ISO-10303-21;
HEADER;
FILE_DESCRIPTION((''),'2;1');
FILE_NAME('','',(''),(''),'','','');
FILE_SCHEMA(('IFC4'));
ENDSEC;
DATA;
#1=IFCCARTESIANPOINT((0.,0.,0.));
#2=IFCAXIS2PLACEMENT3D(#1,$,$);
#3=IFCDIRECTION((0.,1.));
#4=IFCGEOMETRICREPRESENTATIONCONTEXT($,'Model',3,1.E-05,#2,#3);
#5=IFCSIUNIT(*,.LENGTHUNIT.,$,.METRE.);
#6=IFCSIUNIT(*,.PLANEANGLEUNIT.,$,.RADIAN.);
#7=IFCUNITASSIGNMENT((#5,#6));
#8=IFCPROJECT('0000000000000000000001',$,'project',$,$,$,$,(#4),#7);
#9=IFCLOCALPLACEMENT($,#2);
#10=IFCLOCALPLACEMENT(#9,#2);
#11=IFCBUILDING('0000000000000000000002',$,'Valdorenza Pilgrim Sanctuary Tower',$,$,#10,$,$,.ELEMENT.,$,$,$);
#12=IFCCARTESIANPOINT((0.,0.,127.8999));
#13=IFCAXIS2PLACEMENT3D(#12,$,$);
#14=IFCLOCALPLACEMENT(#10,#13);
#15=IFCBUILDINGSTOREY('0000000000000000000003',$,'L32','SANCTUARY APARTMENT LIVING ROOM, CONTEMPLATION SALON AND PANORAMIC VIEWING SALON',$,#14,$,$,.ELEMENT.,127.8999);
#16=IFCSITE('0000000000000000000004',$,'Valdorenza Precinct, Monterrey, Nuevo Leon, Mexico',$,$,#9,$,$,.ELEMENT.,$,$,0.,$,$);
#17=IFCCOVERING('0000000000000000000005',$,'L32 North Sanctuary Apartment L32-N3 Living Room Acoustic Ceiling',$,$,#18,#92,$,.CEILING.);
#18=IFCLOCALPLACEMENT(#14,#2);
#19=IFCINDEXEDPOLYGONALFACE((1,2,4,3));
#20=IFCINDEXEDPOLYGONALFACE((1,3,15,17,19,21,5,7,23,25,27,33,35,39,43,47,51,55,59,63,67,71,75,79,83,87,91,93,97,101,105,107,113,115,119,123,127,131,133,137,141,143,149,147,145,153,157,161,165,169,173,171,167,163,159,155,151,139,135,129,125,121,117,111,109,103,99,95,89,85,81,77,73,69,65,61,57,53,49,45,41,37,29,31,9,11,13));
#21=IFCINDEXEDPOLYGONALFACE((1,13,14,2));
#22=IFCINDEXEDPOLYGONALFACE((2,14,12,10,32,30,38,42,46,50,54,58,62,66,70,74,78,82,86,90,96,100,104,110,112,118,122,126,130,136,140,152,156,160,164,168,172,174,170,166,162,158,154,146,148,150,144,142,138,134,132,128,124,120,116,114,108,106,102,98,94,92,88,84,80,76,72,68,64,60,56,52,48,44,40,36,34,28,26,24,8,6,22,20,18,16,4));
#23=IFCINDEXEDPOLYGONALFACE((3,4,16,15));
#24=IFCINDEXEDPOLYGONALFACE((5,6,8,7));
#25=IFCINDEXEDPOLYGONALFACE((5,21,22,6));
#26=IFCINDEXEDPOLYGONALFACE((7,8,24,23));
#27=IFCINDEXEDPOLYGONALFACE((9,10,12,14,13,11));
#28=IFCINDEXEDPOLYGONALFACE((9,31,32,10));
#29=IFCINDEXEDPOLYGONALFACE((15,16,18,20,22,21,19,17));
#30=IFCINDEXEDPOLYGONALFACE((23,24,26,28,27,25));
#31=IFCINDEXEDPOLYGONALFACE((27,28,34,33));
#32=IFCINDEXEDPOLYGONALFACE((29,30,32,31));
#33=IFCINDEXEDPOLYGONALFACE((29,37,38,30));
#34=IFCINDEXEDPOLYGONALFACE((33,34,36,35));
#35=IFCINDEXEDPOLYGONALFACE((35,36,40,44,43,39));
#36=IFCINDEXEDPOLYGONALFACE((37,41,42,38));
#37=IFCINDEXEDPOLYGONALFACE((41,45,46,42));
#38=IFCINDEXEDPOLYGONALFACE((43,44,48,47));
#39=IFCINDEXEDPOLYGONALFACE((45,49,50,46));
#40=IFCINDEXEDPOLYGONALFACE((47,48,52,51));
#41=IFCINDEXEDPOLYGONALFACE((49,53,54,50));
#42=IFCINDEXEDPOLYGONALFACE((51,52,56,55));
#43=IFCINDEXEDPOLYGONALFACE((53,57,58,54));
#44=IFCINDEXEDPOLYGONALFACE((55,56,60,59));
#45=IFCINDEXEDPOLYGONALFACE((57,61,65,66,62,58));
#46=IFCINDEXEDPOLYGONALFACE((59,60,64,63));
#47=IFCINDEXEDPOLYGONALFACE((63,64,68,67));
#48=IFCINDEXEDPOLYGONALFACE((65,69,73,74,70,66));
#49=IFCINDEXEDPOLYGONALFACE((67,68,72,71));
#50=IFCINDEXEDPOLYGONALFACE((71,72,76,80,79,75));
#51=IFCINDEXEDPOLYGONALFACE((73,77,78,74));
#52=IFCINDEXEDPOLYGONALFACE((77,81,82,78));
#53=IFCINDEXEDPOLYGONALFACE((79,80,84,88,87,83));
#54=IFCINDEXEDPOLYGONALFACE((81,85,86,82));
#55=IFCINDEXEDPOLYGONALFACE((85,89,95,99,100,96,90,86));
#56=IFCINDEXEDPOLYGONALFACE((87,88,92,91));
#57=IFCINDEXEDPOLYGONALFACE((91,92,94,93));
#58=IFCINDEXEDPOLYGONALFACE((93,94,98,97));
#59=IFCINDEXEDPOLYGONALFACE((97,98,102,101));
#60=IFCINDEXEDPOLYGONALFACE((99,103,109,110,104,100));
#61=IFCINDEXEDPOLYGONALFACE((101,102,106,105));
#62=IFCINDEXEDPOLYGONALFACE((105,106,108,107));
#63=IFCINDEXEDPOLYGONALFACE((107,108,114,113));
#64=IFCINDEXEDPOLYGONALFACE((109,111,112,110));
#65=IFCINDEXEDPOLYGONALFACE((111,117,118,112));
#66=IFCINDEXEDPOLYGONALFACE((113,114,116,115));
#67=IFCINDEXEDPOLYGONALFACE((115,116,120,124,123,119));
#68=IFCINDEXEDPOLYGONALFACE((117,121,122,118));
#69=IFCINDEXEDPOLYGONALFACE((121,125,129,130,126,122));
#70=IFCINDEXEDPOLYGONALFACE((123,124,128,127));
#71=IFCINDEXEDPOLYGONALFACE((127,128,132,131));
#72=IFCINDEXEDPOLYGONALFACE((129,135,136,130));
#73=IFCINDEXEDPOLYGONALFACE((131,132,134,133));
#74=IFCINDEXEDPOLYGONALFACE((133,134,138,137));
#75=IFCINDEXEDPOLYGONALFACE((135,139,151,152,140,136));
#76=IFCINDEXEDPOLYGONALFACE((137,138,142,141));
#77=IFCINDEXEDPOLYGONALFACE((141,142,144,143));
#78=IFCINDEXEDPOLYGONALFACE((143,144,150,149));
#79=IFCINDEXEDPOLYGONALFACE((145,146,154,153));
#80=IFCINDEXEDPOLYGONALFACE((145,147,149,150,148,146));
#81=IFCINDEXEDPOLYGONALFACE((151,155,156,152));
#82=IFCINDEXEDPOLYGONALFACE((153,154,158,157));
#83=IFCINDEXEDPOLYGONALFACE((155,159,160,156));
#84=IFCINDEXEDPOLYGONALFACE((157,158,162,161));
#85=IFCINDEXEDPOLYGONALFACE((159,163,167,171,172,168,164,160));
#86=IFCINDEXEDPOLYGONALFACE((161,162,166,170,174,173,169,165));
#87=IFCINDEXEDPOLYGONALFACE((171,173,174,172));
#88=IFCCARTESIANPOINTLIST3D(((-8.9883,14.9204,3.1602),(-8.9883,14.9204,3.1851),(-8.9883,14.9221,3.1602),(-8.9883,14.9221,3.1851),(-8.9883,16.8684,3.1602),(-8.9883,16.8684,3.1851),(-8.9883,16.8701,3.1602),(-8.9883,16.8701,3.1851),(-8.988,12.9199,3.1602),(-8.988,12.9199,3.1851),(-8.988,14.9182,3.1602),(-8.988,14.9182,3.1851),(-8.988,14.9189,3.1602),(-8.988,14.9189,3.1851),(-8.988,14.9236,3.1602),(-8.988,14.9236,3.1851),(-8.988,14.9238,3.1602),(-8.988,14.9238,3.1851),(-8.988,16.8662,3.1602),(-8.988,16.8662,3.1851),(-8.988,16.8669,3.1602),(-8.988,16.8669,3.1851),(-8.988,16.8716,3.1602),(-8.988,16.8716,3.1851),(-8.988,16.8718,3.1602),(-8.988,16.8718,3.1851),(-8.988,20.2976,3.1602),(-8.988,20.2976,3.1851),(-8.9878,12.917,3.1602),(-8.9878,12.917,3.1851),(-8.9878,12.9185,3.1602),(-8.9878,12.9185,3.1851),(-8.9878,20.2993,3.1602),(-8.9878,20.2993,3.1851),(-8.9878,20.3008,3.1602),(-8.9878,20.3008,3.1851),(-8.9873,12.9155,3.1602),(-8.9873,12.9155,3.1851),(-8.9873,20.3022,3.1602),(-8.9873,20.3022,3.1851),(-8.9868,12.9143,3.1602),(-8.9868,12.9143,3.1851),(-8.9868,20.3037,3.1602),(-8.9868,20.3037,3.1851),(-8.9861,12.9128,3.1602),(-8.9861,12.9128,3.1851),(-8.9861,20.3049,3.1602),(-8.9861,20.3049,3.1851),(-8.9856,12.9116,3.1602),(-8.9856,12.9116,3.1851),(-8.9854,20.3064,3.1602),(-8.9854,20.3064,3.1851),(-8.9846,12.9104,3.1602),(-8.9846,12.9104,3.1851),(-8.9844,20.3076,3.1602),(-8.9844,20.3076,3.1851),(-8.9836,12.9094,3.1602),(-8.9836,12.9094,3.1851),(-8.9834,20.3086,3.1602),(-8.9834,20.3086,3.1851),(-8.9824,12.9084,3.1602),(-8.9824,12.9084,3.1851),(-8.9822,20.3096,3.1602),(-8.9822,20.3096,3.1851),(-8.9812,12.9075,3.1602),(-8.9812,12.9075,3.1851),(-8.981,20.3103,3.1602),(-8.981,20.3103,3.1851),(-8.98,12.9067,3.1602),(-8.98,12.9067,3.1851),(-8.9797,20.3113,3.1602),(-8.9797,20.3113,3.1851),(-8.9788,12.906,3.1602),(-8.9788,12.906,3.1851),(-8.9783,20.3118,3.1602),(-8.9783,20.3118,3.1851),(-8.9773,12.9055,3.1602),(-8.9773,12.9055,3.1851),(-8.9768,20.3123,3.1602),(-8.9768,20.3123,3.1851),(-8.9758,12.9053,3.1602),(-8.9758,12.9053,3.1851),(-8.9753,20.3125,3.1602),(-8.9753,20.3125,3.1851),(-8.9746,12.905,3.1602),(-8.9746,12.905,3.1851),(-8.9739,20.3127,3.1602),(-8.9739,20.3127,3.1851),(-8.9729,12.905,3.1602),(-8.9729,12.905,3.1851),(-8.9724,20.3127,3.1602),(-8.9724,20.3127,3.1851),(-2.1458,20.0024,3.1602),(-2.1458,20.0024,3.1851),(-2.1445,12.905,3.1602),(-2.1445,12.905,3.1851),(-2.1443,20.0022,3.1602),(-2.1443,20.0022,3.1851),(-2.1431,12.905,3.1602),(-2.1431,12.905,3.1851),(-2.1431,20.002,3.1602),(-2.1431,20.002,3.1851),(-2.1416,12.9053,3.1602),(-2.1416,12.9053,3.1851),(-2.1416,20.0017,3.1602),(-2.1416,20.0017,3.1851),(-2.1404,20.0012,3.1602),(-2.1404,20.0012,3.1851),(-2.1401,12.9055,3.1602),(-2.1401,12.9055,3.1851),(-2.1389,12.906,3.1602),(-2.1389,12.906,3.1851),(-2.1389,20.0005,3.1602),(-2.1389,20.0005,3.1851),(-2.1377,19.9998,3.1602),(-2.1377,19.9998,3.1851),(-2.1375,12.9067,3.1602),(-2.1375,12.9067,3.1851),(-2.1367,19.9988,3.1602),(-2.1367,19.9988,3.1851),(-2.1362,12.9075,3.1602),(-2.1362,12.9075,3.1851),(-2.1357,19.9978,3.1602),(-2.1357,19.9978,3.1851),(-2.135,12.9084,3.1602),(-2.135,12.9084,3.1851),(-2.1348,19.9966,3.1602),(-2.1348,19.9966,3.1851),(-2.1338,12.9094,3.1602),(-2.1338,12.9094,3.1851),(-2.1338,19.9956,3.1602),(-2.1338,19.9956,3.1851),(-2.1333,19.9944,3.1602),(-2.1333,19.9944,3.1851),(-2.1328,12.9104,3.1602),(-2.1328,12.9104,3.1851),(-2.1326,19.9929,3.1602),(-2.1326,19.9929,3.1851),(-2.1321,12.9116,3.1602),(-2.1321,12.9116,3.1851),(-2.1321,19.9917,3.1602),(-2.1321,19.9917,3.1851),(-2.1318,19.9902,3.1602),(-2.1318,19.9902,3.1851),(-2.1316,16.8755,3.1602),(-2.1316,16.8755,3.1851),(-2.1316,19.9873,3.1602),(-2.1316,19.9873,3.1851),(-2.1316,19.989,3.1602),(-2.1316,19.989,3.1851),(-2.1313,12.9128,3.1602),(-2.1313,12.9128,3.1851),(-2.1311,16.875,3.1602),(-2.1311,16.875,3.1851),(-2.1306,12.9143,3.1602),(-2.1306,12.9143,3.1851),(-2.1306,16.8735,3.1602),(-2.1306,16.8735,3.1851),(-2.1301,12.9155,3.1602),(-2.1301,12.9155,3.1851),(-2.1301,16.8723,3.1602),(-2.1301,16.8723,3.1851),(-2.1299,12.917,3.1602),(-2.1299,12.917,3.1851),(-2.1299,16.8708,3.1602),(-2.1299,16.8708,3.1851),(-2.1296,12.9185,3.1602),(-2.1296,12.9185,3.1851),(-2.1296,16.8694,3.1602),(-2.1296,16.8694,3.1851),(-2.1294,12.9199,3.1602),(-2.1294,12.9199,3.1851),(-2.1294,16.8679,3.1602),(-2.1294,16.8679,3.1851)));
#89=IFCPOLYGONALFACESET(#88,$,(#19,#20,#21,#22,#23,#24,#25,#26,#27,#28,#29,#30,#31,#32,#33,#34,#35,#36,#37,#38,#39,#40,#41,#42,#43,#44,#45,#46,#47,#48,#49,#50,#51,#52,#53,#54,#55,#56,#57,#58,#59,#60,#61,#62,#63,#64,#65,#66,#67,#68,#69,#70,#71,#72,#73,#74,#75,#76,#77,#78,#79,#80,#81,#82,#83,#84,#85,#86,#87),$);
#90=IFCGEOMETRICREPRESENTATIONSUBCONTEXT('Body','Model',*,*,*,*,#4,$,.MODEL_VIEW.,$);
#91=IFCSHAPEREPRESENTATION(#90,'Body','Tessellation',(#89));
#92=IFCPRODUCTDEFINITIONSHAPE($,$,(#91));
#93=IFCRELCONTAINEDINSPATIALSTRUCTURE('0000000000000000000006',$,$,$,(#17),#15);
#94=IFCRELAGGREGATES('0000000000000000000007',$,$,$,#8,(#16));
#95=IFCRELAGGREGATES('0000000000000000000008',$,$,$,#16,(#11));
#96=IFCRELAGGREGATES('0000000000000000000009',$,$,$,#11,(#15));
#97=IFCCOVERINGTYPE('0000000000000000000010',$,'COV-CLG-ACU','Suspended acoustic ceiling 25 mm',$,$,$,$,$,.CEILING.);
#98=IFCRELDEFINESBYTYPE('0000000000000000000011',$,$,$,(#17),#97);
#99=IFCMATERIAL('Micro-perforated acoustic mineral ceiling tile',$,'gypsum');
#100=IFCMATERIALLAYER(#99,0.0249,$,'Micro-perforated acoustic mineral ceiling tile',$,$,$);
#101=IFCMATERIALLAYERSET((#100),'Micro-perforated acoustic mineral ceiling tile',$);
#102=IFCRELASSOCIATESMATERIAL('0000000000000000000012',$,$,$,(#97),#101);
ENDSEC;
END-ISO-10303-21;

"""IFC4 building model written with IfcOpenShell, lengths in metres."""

from ifc_helpers import new_model, si_unit, direction, frame, origin, place, context, subcontext, project, spatial, polyline, outline, extrude, material, layer, layer_set, type_object, element, save


model = new_model("IFC4")

# Units and contexts
model_context = context("Model", 3, precision=1e-05, world=origin(), true_north=direction((0.0, 1.0)))
body_context = subcontext(model_context, "Body", "Model", "MODEL_VIEW")
ifc_project = project(units=[si_unit("LENGTHUNIT", "METRE"), si_unit("PLANEANGLEUNIT", "RADIAN")], contexts=[model_context])

# Site, building, storey
site_placement = place(None, origin())
site = spatial("IfcSite", under=ifc_project, at=site_placement, Name="Valdorenza Precinct, Monterrey, Nuevo Leon, Mexico", CompositionType="ELEMENT", RefElevation=0.0)
building_placement = place(site_placement, origin())
building = spatial("IfcBuilding", under=site, at=building_placement, Name="Valdorenza Pilgrim Sanctuary Tower", CompositionType="ELEMENT")
storey_placement = place(building_placement, frame((0.0, 0.0, 127.8999)))
storey = spatial("IfcBuildingStorey", under=building, at=storey_placement, Name="L32", Description="SANCTUARY APARTMENT LIVING ROOM, CONTEMPLATION SALON AND PANORAMIC VIEWING SALON", CompositionType="ELEMENT", Elevation=127.8999)

# Covering
ifc_material_1 = material(Name="Micro-perforated acoustic mineral ceiling tile", Category="gypsum")
ifc_layer_1 = layer(ifc_material_1, 0.0249, Name="Micro-perforated acoustic mineral ceiling tile")
ifc_layer_set_1 = layer_set([ifc_layer_1], Name="Micro-perforated acoustic mineral ceiling tile")
covering_type_1 = type_object("IfcCoveringType", Name="COV-CLG-ACU", Description="Suspended acoustic ceiling 25 mm", PredefinedType="CEILING", material=ifc_layer_set_1)
covering_1_placement = place(storey_placement, frame((0.0, 0.0, 3.1602)))
element("IfcCovering", 1, at=covering_1_placement, inside=storey, type_object=covering_type_1, Name="L32 North Sanctuary Apartment L32-N3 Living Room Acoustic Ceiling", PredefinedType="CEILING", context=body_context, shape_type="SweptSolid", body=[
    extrude(outline(polyline([(-8.988, 14.9182), (-8.988, 14.9189), (-8.9883, 14.9204), (-8.9883, 14.9221), (-8.988, 14.9236), (-8.988, 14.9238), (-8.988, 16.8662), (-8.988, 16.8669), (-8.9883, 16.8684), (-8.9883, 16.8701), (-8.988, 16.8716), (-8.988, 16.8718), (-8.988, 20.2976), (-8.9878, 20.2993), (-8.9878, 20.3008), (-8.9873, 20.3022), (-8.9868, 20.3037), (-8.9861, 20.3049), (-8.9854, 20.3064), (-8.9844, 20.3076), (-8.9834, 20.3086), (-8.9822, 20.3096), (-8.981, 20.3103), (-8.9797, 20.3113), (-8.9783, 20.3118), (-8.9768, 20.3123), (-8.9753, 20.3125), (-8.9739, 20.3127), (-8.9724, 20.3127), (-2.1458, 20.0024), (-2.1443, 20.0022), (-2.1431, 20.002), (-2.1416, 20.0017), (-2.1404, 20.0012), (-2.1389, 20.0005), (-2.1377, 19.9998), (-2.1367, 19.9988), (-2.1357, 19.9978), (-2.1348, 19.9966), (-2.1338, 19.9956), (-2.1333, 19.9944), (-2.1326, 19.9929), (-2.1321, 19.9917), (-2.1318, 19.9902), (-2.1316, 19.989), (-2.1316, 19.9873), (-2.1316, 16.8755), (-2.1311, 16.875), (-2.1306, 16.8735), (-2.1301, 16.8723), (-2.1299, 16.8708), (-2.1296, 16.8694), (-2.1294, 16.8679), (-2.1294, 12.9199), (-2.1296, 12.9185), (-2.1299, 12.917), (-2.1301, 12.9155), (-2.1306, 12.9143), (-2.1313, 12.9128), (-2.1321, 12.9116), (-2.1328, 12.9104), (-2.1338, 12.9094), (-2.135, 12.9084), (-2.1362, 12.9075), (-2.1375, 12.9067), (-2.1389, 12.906), (-2.1401, 12.9055), (-2.1416, 12.9053), (-2.1431, 12.905), (-2.1445, 12.905), (-8.9729, 12.905), (-8.9746, 12.905), (-8.9758, 12.9053), (-8.9773, 12.9055), (-8.9788, 12.906), (-8.98, 12.9067), (-8.9812, 12.9075), (-8.9824, 12.9084), (-8.9836, 12.9094), (-8.9846, 12.9104), (-8.9856, 12.9116), (-8.9861, 12.9128), (-8.9868, 12.9143), (-8.9873, 12.9155), (-8.9878, 12.917), (-8.9878, 12.9185), (-8.988, 12.9199), (-8.988, 14.9182)])), origin(), (0.0, 0.0, 1.0), 0.0249),
])

save(model, "model.ifc")
